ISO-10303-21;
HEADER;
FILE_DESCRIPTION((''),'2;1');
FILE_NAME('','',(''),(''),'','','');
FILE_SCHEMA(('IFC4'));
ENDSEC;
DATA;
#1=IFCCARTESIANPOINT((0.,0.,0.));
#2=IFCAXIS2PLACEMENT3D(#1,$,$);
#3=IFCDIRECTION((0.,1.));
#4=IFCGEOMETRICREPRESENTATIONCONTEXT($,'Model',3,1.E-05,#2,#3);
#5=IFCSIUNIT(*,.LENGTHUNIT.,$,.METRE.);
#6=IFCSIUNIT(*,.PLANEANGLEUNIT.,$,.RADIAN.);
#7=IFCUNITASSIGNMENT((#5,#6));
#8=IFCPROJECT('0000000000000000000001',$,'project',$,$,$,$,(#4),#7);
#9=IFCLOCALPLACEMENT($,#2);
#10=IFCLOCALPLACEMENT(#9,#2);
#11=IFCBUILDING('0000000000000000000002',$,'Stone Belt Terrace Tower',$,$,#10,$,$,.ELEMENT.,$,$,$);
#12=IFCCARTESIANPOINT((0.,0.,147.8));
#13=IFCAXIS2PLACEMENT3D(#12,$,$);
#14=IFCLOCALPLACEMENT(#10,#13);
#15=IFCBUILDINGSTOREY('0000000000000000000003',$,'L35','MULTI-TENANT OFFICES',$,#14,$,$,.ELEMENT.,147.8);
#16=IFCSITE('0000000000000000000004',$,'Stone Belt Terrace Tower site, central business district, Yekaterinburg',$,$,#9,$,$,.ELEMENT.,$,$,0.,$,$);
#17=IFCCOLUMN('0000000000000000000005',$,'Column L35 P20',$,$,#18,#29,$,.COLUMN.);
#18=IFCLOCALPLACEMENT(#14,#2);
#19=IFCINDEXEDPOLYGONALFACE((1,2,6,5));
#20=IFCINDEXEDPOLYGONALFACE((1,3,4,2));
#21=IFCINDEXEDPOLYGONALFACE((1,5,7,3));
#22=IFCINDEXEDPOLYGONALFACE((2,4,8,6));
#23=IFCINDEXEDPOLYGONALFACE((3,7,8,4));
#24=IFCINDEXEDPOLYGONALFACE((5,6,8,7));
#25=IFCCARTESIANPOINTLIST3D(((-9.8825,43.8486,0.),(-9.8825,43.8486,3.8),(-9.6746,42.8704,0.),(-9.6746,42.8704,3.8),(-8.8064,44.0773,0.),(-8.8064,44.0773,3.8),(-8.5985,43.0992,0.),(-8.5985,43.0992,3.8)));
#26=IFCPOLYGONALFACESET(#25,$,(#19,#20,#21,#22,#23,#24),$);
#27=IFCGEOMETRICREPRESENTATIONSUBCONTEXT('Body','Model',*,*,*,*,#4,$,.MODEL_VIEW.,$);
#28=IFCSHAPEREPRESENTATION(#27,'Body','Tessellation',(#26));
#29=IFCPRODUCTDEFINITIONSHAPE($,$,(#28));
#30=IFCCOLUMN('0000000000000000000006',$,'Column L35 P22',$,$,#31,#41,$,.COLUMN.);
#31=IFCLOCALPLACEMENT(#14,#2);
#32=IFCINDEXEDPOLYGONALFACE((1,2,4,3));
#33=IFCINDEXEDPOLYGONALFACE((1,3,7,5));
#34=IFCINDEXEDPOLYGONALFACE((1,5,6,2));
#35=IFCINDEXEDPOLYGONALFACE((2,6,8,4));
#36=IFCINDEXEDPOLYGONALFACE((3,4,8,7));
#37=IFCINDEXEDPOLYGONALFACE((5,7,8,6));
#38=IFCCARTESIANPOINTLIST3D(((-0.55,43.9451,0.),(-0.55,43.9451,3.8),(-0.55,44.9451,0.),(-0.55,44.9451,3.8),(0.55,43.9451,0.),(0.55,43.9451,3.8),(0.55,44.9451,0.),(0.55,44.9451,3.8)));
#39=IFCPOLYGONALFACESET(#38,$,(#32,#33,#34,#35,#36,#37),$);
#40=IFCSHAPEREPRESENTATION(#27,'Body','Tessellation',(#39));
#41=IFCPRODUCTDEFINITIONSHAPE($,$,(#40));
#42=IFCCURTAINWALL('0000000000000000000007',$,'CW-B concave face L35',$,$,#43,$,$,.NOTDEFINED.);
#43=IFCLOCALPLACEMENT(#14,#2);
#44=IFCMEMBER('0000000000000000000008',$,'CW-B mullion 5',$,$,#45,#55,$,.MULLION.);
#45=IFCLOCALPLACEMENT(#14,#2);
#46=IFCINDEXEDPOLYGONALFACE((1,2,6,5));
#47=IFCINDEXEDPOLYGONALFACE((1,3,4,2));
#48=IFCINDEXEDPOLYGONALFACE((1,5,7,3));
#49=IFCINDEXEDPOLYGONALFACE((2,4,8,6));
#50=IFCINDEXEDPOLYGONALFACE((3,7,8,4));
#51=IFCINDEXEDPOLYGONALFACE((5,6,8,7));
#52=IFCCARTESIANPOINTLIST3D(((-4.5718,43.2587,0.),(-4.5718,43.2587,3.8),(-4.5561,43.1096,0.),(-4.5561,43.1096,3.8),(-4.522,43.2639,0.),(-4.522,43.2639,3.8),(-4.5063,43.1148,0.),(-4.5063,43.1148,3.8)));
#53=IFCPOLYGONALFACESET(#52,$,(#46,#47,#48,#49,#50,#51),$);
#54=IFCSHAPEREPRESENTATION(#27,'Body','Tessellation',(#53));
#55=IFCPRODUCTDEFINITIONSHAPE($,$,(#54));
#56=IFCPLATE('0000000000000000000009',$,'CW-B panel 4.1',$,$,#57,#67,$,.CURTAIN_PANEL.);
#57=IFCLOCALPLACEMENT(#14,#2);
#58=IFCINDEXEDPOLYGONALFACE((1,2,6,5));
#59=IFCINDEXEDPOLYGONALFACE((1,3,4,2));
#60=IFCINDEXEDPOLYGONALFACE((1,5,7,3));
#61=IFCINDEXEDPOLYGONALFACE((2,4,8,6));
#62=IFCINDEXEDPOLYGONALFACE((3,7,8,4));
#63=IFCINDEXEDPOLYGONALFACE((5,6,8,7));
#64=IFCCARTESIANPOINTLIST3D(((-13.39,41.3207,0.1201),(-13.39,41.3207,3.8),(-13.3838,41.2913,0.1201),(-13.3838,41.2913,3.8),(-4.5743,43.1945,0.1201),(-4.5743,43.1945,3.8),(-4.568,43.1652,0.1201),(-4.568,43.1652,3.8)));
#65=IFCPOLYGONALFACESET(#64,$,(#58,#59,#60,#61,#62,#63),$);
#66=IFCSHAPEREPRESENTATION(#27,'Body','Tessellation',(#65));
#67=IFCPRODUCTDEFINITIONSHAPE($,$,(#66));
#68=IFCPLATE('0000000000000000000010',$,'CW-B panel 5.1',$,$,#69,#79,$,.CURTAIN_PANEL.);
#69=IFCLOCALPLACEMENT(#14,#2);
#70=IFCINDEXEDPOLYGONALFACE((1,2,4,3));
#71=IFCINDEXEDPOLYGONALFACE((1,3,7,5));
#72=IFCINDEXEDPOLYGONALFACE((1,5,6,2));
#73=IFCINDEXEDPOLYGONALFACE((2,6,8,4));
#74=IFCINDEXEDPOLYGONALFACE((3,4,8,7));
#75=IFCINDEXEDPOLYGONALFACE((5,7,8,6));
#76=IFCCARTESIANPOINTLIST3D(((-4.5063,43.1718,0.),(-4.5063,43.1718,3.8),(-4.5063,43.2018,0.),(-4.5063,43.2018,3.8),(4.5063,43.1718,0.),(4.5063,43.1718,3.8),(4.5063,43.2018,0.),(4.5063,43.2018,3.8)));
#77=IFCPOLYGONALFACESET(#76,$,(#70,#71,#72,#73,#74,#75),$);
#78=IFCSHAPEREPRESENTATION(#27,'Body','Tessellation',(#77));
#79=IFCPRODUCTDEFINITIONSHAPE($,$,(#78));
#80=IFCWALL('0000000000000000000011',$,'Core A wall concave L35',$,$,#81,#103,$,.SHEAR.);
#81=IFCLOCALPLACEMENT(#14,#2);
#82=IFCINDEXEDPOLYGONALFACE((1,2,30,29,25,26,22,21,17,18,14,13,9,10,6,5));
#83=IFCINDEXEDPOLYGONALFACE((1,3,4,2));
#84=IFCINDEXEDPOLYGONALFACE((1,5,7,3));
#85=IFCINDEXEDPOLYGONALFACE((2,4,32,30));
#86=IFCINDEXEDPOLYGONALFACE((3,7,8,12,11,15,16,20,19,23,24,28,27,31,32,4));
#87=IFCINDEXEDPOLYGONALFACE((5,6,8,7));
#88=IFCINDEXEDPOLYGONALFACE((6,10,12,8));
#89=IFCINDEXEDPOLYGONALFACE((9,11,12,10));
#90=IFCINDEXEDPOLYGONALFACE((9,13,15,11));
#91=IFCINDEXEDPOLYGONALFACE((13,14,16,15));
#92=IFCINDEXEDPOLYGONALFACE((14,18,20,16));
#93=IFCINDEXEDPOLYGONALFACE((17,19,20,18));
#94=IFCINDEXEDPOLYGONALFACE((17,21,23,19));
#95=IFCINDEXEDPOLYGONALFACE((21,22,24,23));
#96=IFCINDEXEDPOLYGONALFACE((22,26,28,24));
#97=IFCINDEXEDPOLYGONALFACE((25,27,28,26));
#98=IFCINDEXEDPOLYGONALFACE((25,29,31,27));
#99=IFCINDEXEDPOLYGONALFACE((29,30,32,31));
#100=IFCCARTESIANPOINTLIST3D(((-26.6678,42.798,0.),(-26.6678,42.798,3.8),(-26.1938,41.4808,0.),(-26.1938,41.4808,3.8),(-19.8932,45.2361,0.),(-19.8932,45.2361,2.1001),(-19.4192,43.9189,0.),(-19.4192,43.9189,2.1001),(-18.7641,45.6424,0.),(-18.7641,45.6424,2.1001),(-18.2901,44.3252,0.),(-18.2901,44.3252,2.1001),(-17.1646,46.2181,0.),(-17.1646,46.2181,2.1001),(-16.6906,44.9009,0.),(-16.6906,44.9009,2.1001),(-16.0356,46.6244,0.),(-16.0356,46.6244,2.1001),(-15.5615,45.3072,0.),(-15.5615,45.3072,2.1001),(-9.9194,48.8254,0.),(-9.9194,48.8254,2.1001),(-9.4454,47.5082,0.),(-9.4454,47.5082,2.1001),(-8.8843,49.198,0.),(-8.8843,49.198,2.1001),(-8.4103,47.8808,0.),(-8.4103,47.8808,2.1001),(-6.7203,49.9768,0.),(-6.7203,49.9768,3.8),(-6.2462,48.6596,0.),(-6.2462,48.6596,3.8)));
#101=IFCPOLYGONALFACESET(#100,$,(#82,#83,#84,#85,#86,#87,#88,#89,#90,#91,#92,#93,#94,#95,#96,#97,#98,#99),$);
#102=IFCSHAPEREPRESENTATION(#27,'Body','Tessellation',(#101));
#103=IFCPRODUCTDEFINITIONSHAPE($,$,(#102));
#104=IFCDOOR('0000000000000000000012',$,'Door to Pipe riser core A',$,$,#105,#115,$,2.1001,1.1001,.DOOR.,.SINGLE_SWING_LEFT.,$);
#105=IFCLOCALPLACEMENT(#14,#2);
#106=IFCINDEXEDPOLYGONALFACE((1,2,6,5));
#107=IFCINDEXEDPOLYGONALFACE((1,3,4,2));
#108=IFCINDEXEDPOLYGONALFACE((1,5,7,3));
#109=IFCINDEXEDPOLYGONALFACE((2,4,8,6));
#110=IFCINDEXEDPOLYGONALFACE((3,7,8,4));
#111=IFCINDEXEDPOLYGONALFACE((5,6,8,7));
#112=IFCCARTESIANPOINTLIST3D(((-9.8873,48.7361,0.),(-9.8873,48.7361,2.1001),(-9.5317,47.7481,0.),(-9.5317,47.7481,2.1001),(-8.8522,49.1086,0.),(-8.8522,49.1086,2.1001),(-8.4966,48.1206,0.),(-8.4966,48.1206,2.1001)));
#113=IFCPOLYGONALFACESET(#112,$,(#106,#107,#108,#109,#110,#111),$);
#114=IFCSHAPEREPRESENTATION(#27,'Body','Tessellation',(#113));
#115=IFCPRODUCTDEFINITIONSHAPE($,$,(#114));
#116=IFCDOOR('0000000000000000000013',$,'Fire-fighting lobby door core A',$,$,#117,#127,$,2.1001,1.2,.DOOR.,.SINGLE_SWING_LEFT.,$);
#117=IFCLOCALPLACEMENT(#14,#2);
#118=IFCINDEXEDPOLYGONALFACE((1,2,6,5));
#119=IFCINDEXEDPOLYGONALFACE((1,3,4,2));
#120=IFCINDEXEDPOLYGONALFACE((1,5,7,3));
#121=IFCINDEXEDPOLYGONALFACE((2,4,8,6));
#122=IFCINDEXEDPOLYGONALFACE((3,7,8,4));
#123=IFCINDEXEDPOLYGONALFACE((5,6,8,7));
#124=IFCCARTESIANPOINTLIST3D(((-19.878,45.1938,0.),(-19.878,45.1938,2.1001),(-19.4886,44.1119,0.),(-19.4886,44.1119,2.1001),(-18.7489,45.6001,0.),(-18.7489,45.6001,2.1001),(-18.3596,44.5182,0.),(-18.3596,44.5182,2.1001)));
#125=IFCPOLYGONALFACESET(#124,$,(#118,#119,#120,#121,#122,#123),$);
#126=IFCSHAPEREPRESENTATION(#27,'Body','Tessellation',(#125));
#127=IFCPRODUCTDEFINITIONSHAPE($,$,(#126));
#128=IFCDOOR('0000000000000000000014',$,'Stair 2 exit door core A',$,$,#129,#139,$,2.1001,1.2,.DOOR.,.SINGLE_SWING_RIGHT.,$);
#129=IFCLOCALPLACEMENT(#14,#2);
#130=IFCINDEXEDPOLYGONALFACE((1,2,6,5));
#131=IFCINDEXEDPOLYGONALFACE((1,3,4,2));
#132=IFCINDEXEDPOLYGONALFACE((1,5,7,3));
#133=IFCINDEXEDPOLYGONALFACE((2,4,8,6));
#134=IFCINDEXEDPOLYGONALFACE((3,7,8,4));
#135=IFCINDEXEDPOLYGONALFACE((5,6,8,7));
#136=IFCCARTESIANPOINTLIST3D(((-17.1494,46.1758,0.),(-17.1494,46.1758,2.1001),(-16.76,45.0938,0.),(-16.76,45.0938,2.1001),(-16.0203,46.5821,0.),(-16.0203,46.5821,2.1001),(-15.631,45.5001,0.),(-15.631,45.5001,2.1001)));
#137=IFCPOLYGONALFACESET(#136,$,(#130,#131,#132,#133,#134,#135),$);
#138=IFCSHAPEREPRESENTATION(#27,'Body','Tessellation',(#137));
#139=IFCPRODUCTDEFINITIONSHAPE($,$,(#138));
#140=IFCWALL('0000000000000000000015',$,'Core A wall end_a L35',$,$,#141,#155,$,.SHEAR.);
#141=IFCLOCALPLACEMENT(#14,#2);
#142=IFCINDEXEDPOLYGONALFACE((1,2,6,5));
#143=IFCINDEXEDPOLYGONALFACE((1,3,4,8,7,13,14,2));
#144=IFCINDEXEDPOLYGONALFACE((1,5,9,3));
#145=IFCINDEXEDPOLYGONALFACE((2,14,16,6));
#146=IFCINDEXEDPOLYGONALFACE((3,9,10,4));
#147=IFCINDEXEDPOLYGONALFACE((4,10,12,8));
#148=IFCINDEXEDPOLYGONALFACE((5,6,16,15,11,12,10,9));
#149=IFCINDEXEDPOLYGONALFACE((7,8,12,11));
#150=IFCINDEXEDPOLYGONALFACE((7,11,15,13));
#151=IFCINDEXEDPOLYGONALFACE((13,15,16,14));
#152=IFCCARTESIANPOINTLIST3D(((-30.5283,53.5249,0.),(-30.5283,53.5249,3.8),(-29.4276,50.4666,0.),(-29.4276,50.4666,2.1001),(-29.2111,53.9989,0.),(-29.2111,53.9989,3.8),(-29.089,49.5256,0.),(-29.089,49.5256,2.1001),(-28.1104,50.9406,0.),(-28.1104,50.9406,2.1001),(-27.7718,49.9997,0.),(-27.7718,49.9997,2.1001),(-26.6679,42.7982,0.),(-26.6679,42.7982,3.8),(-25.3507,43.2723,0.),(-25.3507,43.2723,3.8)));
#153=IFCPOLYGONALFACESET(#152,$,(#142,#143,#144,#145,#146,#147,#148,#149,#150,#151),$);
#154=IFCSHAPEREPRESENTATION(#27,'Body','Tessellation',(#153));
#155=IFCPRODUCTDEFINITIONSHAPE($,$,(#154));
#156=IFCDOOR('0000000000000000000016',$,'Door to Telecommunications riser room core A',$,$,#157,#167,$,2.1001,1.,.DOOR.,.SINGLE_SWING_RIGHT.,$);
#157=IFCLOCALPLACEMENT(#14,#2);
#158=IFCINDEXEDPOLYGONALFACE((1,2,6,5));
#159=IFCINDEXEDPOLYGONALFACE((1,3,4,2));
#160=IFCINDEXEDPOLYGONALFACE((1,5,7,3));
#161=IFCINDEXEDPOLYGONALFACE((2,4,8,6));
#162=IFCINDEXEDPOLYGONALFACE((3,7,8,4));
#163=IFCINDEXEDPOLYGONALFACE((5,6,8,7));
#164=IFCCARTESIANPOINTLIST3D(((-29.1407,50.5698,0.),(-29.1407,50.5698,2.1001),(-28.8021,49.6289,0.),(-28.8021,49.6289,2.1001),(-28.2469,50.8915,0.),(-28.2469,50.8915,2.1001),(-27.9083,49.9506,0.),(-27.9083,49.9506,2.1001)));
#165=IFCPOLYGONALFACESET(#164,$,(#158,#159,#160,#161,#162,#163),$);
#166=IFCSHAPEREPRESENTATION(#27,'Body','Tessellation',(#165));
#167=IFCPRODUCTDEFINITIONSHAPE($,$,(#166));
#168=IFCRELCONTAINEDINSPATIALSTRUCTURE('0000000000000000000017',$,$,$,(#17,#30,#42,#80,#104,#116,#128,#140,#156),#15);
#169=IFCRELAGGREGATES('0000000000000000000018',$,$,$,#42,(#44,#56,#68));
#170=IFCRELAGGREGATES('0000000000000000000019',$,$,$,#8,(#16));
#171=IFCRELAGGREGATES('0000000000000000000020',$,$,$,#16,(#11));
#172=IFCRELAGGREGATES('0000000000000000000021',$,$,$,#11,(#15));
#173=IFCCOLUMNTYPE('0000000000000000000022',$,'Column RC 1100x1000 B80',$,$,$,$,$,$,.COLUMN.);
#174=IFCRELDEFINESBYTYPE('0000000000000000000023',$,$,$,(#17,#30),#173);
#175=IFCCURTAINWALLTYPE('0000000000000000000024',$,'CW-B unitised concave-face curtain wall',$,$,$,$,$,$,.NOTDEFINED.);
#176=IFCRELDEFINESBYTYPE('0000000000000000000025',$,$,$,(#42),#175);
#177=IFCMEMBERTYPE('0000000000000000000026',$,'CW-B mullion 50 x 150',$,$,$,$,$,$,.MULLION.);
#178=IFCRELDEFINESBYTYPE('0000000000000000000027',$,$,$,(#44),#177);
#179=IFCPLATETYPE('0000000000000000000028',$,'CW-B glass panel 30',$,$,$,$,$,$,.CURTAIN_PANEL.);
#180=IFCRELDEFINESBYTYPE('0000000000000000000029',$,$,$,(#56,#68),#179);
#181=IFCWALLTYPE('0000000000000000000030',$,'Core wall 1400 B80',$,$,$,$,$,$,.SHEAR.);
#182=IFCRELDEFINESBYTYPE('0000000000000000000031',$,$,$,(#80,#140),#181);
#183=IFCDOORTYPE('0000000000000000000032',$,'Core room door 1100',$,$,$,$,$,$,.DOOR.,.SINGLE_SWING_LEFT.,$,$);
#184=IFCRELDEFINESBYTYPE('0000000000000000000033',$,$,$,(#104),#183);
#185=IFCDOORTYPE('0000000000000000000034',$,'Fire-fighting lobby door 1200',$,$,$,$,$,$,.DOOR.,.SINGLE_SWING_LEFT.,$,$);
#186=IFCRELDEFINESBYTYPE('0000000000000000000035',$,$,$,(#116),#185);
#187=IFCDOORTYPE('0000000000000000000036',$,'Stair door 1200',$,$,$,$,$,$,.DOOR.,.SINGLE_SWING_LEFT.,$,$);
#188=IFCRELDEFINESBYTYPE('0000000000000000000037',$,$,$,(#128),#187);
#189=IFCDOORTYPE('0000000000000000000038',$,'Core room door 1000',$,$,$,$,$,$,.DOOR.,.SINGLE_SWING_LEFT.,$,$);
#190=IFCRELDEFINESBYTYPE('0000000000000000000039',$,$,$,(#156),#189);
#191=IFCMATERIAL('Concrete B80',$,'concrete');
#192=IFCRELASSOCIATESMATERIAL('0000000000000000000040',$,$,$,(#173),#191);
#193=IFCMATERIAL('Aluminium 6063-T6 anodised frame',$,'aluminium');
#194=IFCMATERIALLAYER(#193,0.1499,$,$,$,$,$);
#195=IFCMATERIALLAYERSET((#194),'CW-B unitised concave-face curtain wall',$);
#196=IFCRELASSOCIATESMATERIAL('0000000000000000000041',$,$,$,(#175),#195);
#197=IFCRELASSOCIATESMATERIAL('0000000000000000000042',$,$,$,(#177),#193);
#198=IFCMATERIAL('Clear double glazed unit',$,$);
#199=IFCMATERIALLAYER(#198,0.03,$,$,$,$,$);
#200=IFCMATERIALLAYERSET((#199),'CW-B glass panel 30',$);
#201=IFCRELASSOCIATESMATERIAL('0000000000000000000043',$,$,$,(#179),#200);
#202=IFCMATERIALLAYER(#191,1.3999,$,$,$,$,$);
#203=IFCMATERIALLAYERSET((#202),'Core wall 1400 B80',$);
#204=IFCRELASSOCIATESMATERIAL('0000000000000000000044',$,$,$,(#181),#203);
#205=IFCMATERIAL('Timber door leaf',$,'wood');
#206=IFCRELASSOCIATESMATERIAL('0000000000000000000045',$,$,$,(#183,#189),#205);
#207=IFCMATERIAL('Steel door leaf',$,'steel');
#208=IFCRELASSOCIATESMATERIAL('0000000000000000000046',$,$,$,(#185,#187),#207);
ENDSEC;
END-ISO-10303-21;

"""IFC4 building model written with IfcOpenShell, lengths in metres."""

from ifc_helpers import new_model, si_unit, direction, frame, frame_2d, origin, origin_2d, place, context, subcontext, project, spatial, rectangle, extrude, material, layer, layer_set, material_profile, profile_set, type_object, element, fill, aggregate, save


model = new_model("IFC4")

# Units and contexts
model_context = context("Model", 3, precision=1e-05, world=origin(), true_north=direction((0.0, 1.0)))
body_context = subcontext(model_context, "Body", "Model", "MODEL_VIEW")
ifc_project = project(units=[si_unit("LENGTHUNIT", "METRE"), si_unit("PLANEANGLEUNIT", "RADIAN")], contexts=[model_context])

# Site, building, storey
site_placement = place(None, origin())
site = spatial("IfcSite", under=ifc_project, at=site_placement, Name="Stone Belt Terrace Tower site, central business district, Yekaterinburg", CompositionType="ELEMENT", RefElevation=0.0)
building_placement = place(site_placement, origin())
building = spatial("IfcBuilding", under=site, at=building_placement, Name="Stone Belt Terrace Tower", CompositionType="ELEMENT")
storey_placement = place(building_placement, frame((0.0, 0.0, 147.8)))
storey = spatial("IfcBuildingStorey", under=building, at=storey_placement, Name="L35", Description="MULTI-TENANT OFFICES", CompositionType="ELEMENT", Elevation=147.8)

# Columns
ifc_material_1 = material(Name="Concrete B80", Category="concrete")
ifc_material_profile_1 = material_profile(ifc_material_1, rectangle(XDim=1.1001, YDim=1.0, at=origin_2d()), Name="RC 1100x1000")
ifc_profile_set_1 = profile_set([ifc_material_profile_1], Name="Concrete B80")
column_type = type_object("IfcColumnType", Name="Column RC 1100x1000 B80", PredefinedType="COLUMN", material=ifc_profile_set_1)
for number, where, z_axis, x_axis, name in (
    (1, (-9.2405, 43.4739, 0.0), (0.0, 0.0, 1.0), (0.978148, 0.207912, 0.0), "Column L35 P20"),
    (2, (0.0, 44.4451, 0.0), (0.0, 0.0, 1.0), (1.0, 0.0, 0.0), "Column L35 P22"),
):
    element("IfcColumn", number, at=place(storey_placement, frame(where, z_axis=z_axis, x_axis=x_axis)), inside=storey, type_object=column_type, Name=name, PredefinedType="COLUMN", context=body_context, shape_type="SweptSolid", body=[
        extrude(rectangle(XDim=1.1001, YDim=1.0, at=origin_2d()), origin(), (0.0, 0.0, 1.0), 3.8),
    ])

# Curtain wall, member, plates
ifc_material_2 = material(Name="Aluminium 6063-T6 anodised frame", Category="aluminium")
ifc_layer_1 = layer(ifc_material_2, 0.1499)
ifc_layer_set_1 = layer_set([ifc_layer_1], Name="CW-B unitised concave-face curtain wall")
curtain_wall_type = type_object("IfcCurtainWallType", Name="CW-B unitised concave-face curtain wall", PredefinedType="NOTDEFINED", material=ifc_layer_set_1)
curtain_wall_placement = place(storey_placement, origin())
curtain_wall = element("IfcCurtainWall", 3, at=curtain_wall_placement, inside=storey, type_object=curtain_wall_type, Name="CW-B concave face L35", PredefinedType="NOTDEFINED")
ifc_material_profile_2 = material_profile(ifc_material_2, rectangle(XDim=0.1499, YDim=0.05, at=origin_2d()), Name="Aluminium 6063-T6 50x150")
ifc_profile_set_2 = profile_set([ifc_material_profile_2], Name="Aluminium 6063-T6 anodised frame")
member_type = type_object("IfcMemberType", Name="CW-B mullion 50 x 150", PredefinedType="MULLION", material=ifc_profile_set_2)
member_placement = place(storey_placement, frame((-4.5391, 43.1868, 0.0), z_axis=(0.0, 0.0, 1.0), x_axis=(-0.104528, 0.994522, 0.0)))
member = element("IfcMember", 4, at=member_placement, type_object=member_type, Name="CW-B mullion 5", PredefinedType="MULLION", context=body_context, shape_type="SweptSolid", body=[
    extrude(rectangle(XDim=0.1499, YDim=0.05, at=origin_2d()), origin(), (0.0, 0.0, 1.0), 3.8),
])
ifc_material_3 = material(Name="Clear double glazed unit")
ifc_layer_2 = layer(ifc_material_3, 0.03)
ifc_layer_set_2 = layer_set([ifc_layer_2], Name="CW-B glass panel 30")
plate_type = type_object("IfcPlateType", Name="CW-B glass panel 30", PredefinedType="CURTAIN_PANEL", material=ifc_layer_set_2)
plate_1_placement = place(storey_placement, frame((-8.979, 42.2429, 0.1201), z_axis=(0.0, 0.0, 1.0), x_axis=(0.978148, 0.207912, 0.0)))
plate_1 = element("IfcPlate", 5, at=plate_1_placement, type_object=plate_type, Name="CW-B panel 4.1", PredefinedType="CURTAIN_PANEL", context=body_context, shape_type="SweptSolid", body=[
    extrude(rectangle(XDim=9.0127, YDim=0.03, at=origin_2d()), origin(), (0.0, 0.0, 1.0), 3.6799),
])
plate_2_placement = place(storey_placement, frame((0.0, 43.1868, 0.0), z_axis=(0.0, 0.0, 1.0), x_axis=(1.0, 0.0, 0.0)))
plate_2 = element("IfcPlate", 6, at=plate_2_placement, type_object=plate_type, Name="CW-B panel 5.1", PredefinedType="CURTAIN_PANEL", context=body_context, shape_type="SweptSolid", body=[
    extrude(rectangle(XDim=9.0127, YDim=0.03, at=origin_2d()), origin(), (0.0, 0.0, 1.0), 3.8),
])
aggregate(curtain_wall, [member, plate_1, plate_2])

# Wall, openings, doors
ifc_layer_3 = layer(ifc_material_1, 1.3999)
ifc_layer_set_3 = layer_set([ifc_layer_3], Name="Core wall 1400 B80")
wall_type_1 = type_object("IfcWallType", Name="Core wall 1400 B80", PredefinedType="SHEAR", material=ifc_layer_set_3)
wall_1_placement = place(storey_placement, frame((-26.4309, 42.1394, 0.0), z_axis=(0.0, 0.0, 1.0), x_axis=(0.940923, 0.33862, 0.0)))
wall_1 = element("IfcWall", 7, at=wall_1_placement, inside=storey, type_object=wall_type_1, Name="Core A wall concave L35", PredefinedType="SHEAR", context=body_context, shape_type="SweptSolid", body=[
    extrude(rectangle(XDim=21.2, YDim=1.3999, at=frame_2d((10.6001, 0.0))), origin(), (0.0, 0.0, 1.0), 3.8),
])
opening_1_placement = place(wall_1_placement, frame((7.2, 0.0, 0.0)))
opening_1 = element("IfcOpeningElement", 8, at=opening_1_placement, cuts=wall_1, PredefinedType="OPENING", context=body_context, shape_type="SweptSolid", body=[
    extrude(rectangle(XDim=1.2, YDim=2.1001, at=frame_2d((0.6001, 1.05))), frame((0.0, 0.71, 0.0), z_axis=(0.0, -1.0, 0.0), x_axis=(1.0, 0.0, 0.0)), (0.0, 0.0, 1.0), 1.4199),
])
opening_2_placement = place(wall_1_placement, frame((10.0999, 0.0, 0.0)))
opening_2 = element("IfcOpeningElement", 9, at=opening_2_placement, cuts=wall_1, PredefinedType="OPENING", context=body_context, shape_type="SweptSolid", body=[
    extrude(rectangle(XDim=1.2, YDim=2.1001, at=frame_2d((0.6001, 1.05))), frame((0.0, 0.71, 0.0), z_axis=(0.0, -1.0, 0.0), x_axis=(1.0, 0.0, 0.0)), (0.0, 0.0, 1.0), 1.4199),
])
opening_3_placement = place(wall_1_placement, frame((17.8, 0.0, 0.0)))
opening_3 = element("IfcOpeningElement", 10, at=opening_3_placement, cuts=wall_1, PredefinedType="OPENING", context=body_context, shape_type="SweptSolid", body=[
    extrude(rectangle(XDim=1.1001, YDim=2.1001, at=frame_2d((0.55, 1.05))), frame((0.0, 0.71, 0.0), z_axis=(0.0, -1.0, 0.0), x_axis=(1.0, 0.0, 0.0)), (0.0, 0.0, 1.0), 1.4199),
])
ifc_material_4 = material(Name="Timber door leaf", Category="wood")
door_type_1 = type_object("IfcDoorType", Name="Core room door 1100", OperationType="SINGLE_SWING_LEFT", PredefinedType="DOOR", material=ifc_material_4)
door_1_placement = place(opening_3_placement, origin())
door_1 = element("IfcDoor", 11, at=door_1_placement, inside=storey, type_object=door_type_1, Name="Door to Pipe riser core A", OperationType="SINGLE_SWING_LEFT", OverallHeight=2.1001, OverallWidth=1.1001, PredefinedType="DOOR", context=body_context, shape_type="SweptSolid", body=[
    extrude(rectangle(XDim=1.1001, YDim=2.1001, at=frame_2d((0.55, 1.05))), frame((0.0, 0.605, 0.0), z_axis=(0.0, -1.0, 0.0), x_axis=(1.0, 0.0, 0.0)), (0.0, 0.0, 1.0), 1.05),
])
fill(opening_3, door_1)
ifc_material_5 = material(Name="Steel door leaf", Category="steel")
door_type_2 = type_object("IfcDoorType", Name="Fire-fighting lobby door 1200", OperationType="SINGLE_SWING_LEFT", PredefinedType="DOOR", material=ifc_material_5)
door_2_placement = place(opening_1_placement, origin())
door_2 = element("IfcDoor", 12, at=door_2_placement, inside=storey, type_object=door_type_2, Name="Fire-fighting lobby door core A", OperationType="SINGLE_SWING_LEFT", OverallHeight=2.1001, OverallWidth=1.2, PredefinedType="DOOR", context=body_context, shape_type="SweptSolid", body=[
    extrude(rectangle(XDim=1.2, YDim=2.1001, at=frame_2d((0.6001, 1.05))), frame((0.0, 0.655, 0.0), z_axis=(0.0, -1.0, 0.0), x_axis=(1.0, 0.0, 0.0)), (0.0, 0.0, 1.0), 1.1499),
])
fill(opening_1, door_2)
door_type_3 = type_object("IfcDoorType", Name="Stair door 1200", OperationType="SINGLE_SWING_LEFT", PredefinedType="DOOR", material=ifc_material_5)
door_3_placement = place(opening_2_placement, origin())
door_3 = element("IfcDoor", 13, at=door_3_placement, inside=storey, type_object=door_type_3, Name="Stair 2 exit door core A", OperationType="SINGLE_SWING_RIGHT", OverallHeight=2.1001, OverallWidth=1.2, PredefinedType="DOOR", context=body_context, shape_type="SweptSolid", body=[
    extrude(rectangle(XDim=1.2, YDim=2.1001, at=frame_2d((0.6001, 1.05))), frame((0.0, 0.655, 0.0), z_axis=(0.0, -1.0, 0.0), x_axis=(1.0, 0.0, 0.0)), (0.0, 0.0, 1.0), 1.1499),
])
fill(opening_2, door_3)

# Wall, opening, door
wall_2_placement = place(storey_placement, frame((-26.0093, 43.0352, 0.0), z_axis=(0.0, 0.0, 1.0), x_axis=(-0.338625, 0.940921, 0.0)))
wall_2 = element("IfcWall", 14, at=wall_2_placement, inside=storey, type_object=wall_type_1, Name="Core A wall end_a L35", PredefinedType="SHEAR", context=body_context, shape_type="SweptSolid", body=[
    extrude(rectangle(XDim=11.4001, YDim=1.3999, at=frame_2d((5.7002, 0.0))), origin(), (0.0, 0.0, 1.0), 3.8),
])
opening_4_placement = place(wall_2_placement, frame((7.1499, 0.0, 0.0)))
opening_4 = element("IfcOpeningElement", 15, at=opening_4_placement, cuts=wall_2, PredefinedType="OPENING", context=body_context, shape_type="SweptSolid", body=[
    extrude(rectangle(XDim=1.0, YDim=2.1001, at=frame_2d((0.5, 1.05))), frame((0.0, 0.71, 0.0), z_axis=(0.0, -1.0, 0.0), x_axis=(1.0, 0.0, 0.0)), (0.0, 0.0, 1.0), 1.4199),
])
door_type_4 = type_object("IfcDoorType", Name="Core room door 1000", OperationType="SINGLE_SWING_LEFT", PredefinedType="DOOR", material=ifc_material_4)
door_4_placement = place(opening_4_placement, origin())
door_4 = element("IfcDoor", 16, at=door_4_placement, inside=storey, type_object=door_type_4, Name="Door to Telecommunications riser room core A", OperationType="SINGLE_SWING_RIGHT", OverallHeight=2.1001, OverallWidth=1.0, PredefinedType="DOOR", context=body_context, shape_type="SweptSolid", body=[
    extrude(rectangle(XDim=1.0, YDim=2.1001, at=frame_2d((0.5, 1.05))), frame((0.0, 0.395, 0.0), z_axis=(0.0, -1.0, 0.0), x_axis=(1.0, 0.0, 0.0)), (0.0, 0.0, 1.0), 0.95),
])
fill(opening_4, door_4)

save(model, "model.ifc")
